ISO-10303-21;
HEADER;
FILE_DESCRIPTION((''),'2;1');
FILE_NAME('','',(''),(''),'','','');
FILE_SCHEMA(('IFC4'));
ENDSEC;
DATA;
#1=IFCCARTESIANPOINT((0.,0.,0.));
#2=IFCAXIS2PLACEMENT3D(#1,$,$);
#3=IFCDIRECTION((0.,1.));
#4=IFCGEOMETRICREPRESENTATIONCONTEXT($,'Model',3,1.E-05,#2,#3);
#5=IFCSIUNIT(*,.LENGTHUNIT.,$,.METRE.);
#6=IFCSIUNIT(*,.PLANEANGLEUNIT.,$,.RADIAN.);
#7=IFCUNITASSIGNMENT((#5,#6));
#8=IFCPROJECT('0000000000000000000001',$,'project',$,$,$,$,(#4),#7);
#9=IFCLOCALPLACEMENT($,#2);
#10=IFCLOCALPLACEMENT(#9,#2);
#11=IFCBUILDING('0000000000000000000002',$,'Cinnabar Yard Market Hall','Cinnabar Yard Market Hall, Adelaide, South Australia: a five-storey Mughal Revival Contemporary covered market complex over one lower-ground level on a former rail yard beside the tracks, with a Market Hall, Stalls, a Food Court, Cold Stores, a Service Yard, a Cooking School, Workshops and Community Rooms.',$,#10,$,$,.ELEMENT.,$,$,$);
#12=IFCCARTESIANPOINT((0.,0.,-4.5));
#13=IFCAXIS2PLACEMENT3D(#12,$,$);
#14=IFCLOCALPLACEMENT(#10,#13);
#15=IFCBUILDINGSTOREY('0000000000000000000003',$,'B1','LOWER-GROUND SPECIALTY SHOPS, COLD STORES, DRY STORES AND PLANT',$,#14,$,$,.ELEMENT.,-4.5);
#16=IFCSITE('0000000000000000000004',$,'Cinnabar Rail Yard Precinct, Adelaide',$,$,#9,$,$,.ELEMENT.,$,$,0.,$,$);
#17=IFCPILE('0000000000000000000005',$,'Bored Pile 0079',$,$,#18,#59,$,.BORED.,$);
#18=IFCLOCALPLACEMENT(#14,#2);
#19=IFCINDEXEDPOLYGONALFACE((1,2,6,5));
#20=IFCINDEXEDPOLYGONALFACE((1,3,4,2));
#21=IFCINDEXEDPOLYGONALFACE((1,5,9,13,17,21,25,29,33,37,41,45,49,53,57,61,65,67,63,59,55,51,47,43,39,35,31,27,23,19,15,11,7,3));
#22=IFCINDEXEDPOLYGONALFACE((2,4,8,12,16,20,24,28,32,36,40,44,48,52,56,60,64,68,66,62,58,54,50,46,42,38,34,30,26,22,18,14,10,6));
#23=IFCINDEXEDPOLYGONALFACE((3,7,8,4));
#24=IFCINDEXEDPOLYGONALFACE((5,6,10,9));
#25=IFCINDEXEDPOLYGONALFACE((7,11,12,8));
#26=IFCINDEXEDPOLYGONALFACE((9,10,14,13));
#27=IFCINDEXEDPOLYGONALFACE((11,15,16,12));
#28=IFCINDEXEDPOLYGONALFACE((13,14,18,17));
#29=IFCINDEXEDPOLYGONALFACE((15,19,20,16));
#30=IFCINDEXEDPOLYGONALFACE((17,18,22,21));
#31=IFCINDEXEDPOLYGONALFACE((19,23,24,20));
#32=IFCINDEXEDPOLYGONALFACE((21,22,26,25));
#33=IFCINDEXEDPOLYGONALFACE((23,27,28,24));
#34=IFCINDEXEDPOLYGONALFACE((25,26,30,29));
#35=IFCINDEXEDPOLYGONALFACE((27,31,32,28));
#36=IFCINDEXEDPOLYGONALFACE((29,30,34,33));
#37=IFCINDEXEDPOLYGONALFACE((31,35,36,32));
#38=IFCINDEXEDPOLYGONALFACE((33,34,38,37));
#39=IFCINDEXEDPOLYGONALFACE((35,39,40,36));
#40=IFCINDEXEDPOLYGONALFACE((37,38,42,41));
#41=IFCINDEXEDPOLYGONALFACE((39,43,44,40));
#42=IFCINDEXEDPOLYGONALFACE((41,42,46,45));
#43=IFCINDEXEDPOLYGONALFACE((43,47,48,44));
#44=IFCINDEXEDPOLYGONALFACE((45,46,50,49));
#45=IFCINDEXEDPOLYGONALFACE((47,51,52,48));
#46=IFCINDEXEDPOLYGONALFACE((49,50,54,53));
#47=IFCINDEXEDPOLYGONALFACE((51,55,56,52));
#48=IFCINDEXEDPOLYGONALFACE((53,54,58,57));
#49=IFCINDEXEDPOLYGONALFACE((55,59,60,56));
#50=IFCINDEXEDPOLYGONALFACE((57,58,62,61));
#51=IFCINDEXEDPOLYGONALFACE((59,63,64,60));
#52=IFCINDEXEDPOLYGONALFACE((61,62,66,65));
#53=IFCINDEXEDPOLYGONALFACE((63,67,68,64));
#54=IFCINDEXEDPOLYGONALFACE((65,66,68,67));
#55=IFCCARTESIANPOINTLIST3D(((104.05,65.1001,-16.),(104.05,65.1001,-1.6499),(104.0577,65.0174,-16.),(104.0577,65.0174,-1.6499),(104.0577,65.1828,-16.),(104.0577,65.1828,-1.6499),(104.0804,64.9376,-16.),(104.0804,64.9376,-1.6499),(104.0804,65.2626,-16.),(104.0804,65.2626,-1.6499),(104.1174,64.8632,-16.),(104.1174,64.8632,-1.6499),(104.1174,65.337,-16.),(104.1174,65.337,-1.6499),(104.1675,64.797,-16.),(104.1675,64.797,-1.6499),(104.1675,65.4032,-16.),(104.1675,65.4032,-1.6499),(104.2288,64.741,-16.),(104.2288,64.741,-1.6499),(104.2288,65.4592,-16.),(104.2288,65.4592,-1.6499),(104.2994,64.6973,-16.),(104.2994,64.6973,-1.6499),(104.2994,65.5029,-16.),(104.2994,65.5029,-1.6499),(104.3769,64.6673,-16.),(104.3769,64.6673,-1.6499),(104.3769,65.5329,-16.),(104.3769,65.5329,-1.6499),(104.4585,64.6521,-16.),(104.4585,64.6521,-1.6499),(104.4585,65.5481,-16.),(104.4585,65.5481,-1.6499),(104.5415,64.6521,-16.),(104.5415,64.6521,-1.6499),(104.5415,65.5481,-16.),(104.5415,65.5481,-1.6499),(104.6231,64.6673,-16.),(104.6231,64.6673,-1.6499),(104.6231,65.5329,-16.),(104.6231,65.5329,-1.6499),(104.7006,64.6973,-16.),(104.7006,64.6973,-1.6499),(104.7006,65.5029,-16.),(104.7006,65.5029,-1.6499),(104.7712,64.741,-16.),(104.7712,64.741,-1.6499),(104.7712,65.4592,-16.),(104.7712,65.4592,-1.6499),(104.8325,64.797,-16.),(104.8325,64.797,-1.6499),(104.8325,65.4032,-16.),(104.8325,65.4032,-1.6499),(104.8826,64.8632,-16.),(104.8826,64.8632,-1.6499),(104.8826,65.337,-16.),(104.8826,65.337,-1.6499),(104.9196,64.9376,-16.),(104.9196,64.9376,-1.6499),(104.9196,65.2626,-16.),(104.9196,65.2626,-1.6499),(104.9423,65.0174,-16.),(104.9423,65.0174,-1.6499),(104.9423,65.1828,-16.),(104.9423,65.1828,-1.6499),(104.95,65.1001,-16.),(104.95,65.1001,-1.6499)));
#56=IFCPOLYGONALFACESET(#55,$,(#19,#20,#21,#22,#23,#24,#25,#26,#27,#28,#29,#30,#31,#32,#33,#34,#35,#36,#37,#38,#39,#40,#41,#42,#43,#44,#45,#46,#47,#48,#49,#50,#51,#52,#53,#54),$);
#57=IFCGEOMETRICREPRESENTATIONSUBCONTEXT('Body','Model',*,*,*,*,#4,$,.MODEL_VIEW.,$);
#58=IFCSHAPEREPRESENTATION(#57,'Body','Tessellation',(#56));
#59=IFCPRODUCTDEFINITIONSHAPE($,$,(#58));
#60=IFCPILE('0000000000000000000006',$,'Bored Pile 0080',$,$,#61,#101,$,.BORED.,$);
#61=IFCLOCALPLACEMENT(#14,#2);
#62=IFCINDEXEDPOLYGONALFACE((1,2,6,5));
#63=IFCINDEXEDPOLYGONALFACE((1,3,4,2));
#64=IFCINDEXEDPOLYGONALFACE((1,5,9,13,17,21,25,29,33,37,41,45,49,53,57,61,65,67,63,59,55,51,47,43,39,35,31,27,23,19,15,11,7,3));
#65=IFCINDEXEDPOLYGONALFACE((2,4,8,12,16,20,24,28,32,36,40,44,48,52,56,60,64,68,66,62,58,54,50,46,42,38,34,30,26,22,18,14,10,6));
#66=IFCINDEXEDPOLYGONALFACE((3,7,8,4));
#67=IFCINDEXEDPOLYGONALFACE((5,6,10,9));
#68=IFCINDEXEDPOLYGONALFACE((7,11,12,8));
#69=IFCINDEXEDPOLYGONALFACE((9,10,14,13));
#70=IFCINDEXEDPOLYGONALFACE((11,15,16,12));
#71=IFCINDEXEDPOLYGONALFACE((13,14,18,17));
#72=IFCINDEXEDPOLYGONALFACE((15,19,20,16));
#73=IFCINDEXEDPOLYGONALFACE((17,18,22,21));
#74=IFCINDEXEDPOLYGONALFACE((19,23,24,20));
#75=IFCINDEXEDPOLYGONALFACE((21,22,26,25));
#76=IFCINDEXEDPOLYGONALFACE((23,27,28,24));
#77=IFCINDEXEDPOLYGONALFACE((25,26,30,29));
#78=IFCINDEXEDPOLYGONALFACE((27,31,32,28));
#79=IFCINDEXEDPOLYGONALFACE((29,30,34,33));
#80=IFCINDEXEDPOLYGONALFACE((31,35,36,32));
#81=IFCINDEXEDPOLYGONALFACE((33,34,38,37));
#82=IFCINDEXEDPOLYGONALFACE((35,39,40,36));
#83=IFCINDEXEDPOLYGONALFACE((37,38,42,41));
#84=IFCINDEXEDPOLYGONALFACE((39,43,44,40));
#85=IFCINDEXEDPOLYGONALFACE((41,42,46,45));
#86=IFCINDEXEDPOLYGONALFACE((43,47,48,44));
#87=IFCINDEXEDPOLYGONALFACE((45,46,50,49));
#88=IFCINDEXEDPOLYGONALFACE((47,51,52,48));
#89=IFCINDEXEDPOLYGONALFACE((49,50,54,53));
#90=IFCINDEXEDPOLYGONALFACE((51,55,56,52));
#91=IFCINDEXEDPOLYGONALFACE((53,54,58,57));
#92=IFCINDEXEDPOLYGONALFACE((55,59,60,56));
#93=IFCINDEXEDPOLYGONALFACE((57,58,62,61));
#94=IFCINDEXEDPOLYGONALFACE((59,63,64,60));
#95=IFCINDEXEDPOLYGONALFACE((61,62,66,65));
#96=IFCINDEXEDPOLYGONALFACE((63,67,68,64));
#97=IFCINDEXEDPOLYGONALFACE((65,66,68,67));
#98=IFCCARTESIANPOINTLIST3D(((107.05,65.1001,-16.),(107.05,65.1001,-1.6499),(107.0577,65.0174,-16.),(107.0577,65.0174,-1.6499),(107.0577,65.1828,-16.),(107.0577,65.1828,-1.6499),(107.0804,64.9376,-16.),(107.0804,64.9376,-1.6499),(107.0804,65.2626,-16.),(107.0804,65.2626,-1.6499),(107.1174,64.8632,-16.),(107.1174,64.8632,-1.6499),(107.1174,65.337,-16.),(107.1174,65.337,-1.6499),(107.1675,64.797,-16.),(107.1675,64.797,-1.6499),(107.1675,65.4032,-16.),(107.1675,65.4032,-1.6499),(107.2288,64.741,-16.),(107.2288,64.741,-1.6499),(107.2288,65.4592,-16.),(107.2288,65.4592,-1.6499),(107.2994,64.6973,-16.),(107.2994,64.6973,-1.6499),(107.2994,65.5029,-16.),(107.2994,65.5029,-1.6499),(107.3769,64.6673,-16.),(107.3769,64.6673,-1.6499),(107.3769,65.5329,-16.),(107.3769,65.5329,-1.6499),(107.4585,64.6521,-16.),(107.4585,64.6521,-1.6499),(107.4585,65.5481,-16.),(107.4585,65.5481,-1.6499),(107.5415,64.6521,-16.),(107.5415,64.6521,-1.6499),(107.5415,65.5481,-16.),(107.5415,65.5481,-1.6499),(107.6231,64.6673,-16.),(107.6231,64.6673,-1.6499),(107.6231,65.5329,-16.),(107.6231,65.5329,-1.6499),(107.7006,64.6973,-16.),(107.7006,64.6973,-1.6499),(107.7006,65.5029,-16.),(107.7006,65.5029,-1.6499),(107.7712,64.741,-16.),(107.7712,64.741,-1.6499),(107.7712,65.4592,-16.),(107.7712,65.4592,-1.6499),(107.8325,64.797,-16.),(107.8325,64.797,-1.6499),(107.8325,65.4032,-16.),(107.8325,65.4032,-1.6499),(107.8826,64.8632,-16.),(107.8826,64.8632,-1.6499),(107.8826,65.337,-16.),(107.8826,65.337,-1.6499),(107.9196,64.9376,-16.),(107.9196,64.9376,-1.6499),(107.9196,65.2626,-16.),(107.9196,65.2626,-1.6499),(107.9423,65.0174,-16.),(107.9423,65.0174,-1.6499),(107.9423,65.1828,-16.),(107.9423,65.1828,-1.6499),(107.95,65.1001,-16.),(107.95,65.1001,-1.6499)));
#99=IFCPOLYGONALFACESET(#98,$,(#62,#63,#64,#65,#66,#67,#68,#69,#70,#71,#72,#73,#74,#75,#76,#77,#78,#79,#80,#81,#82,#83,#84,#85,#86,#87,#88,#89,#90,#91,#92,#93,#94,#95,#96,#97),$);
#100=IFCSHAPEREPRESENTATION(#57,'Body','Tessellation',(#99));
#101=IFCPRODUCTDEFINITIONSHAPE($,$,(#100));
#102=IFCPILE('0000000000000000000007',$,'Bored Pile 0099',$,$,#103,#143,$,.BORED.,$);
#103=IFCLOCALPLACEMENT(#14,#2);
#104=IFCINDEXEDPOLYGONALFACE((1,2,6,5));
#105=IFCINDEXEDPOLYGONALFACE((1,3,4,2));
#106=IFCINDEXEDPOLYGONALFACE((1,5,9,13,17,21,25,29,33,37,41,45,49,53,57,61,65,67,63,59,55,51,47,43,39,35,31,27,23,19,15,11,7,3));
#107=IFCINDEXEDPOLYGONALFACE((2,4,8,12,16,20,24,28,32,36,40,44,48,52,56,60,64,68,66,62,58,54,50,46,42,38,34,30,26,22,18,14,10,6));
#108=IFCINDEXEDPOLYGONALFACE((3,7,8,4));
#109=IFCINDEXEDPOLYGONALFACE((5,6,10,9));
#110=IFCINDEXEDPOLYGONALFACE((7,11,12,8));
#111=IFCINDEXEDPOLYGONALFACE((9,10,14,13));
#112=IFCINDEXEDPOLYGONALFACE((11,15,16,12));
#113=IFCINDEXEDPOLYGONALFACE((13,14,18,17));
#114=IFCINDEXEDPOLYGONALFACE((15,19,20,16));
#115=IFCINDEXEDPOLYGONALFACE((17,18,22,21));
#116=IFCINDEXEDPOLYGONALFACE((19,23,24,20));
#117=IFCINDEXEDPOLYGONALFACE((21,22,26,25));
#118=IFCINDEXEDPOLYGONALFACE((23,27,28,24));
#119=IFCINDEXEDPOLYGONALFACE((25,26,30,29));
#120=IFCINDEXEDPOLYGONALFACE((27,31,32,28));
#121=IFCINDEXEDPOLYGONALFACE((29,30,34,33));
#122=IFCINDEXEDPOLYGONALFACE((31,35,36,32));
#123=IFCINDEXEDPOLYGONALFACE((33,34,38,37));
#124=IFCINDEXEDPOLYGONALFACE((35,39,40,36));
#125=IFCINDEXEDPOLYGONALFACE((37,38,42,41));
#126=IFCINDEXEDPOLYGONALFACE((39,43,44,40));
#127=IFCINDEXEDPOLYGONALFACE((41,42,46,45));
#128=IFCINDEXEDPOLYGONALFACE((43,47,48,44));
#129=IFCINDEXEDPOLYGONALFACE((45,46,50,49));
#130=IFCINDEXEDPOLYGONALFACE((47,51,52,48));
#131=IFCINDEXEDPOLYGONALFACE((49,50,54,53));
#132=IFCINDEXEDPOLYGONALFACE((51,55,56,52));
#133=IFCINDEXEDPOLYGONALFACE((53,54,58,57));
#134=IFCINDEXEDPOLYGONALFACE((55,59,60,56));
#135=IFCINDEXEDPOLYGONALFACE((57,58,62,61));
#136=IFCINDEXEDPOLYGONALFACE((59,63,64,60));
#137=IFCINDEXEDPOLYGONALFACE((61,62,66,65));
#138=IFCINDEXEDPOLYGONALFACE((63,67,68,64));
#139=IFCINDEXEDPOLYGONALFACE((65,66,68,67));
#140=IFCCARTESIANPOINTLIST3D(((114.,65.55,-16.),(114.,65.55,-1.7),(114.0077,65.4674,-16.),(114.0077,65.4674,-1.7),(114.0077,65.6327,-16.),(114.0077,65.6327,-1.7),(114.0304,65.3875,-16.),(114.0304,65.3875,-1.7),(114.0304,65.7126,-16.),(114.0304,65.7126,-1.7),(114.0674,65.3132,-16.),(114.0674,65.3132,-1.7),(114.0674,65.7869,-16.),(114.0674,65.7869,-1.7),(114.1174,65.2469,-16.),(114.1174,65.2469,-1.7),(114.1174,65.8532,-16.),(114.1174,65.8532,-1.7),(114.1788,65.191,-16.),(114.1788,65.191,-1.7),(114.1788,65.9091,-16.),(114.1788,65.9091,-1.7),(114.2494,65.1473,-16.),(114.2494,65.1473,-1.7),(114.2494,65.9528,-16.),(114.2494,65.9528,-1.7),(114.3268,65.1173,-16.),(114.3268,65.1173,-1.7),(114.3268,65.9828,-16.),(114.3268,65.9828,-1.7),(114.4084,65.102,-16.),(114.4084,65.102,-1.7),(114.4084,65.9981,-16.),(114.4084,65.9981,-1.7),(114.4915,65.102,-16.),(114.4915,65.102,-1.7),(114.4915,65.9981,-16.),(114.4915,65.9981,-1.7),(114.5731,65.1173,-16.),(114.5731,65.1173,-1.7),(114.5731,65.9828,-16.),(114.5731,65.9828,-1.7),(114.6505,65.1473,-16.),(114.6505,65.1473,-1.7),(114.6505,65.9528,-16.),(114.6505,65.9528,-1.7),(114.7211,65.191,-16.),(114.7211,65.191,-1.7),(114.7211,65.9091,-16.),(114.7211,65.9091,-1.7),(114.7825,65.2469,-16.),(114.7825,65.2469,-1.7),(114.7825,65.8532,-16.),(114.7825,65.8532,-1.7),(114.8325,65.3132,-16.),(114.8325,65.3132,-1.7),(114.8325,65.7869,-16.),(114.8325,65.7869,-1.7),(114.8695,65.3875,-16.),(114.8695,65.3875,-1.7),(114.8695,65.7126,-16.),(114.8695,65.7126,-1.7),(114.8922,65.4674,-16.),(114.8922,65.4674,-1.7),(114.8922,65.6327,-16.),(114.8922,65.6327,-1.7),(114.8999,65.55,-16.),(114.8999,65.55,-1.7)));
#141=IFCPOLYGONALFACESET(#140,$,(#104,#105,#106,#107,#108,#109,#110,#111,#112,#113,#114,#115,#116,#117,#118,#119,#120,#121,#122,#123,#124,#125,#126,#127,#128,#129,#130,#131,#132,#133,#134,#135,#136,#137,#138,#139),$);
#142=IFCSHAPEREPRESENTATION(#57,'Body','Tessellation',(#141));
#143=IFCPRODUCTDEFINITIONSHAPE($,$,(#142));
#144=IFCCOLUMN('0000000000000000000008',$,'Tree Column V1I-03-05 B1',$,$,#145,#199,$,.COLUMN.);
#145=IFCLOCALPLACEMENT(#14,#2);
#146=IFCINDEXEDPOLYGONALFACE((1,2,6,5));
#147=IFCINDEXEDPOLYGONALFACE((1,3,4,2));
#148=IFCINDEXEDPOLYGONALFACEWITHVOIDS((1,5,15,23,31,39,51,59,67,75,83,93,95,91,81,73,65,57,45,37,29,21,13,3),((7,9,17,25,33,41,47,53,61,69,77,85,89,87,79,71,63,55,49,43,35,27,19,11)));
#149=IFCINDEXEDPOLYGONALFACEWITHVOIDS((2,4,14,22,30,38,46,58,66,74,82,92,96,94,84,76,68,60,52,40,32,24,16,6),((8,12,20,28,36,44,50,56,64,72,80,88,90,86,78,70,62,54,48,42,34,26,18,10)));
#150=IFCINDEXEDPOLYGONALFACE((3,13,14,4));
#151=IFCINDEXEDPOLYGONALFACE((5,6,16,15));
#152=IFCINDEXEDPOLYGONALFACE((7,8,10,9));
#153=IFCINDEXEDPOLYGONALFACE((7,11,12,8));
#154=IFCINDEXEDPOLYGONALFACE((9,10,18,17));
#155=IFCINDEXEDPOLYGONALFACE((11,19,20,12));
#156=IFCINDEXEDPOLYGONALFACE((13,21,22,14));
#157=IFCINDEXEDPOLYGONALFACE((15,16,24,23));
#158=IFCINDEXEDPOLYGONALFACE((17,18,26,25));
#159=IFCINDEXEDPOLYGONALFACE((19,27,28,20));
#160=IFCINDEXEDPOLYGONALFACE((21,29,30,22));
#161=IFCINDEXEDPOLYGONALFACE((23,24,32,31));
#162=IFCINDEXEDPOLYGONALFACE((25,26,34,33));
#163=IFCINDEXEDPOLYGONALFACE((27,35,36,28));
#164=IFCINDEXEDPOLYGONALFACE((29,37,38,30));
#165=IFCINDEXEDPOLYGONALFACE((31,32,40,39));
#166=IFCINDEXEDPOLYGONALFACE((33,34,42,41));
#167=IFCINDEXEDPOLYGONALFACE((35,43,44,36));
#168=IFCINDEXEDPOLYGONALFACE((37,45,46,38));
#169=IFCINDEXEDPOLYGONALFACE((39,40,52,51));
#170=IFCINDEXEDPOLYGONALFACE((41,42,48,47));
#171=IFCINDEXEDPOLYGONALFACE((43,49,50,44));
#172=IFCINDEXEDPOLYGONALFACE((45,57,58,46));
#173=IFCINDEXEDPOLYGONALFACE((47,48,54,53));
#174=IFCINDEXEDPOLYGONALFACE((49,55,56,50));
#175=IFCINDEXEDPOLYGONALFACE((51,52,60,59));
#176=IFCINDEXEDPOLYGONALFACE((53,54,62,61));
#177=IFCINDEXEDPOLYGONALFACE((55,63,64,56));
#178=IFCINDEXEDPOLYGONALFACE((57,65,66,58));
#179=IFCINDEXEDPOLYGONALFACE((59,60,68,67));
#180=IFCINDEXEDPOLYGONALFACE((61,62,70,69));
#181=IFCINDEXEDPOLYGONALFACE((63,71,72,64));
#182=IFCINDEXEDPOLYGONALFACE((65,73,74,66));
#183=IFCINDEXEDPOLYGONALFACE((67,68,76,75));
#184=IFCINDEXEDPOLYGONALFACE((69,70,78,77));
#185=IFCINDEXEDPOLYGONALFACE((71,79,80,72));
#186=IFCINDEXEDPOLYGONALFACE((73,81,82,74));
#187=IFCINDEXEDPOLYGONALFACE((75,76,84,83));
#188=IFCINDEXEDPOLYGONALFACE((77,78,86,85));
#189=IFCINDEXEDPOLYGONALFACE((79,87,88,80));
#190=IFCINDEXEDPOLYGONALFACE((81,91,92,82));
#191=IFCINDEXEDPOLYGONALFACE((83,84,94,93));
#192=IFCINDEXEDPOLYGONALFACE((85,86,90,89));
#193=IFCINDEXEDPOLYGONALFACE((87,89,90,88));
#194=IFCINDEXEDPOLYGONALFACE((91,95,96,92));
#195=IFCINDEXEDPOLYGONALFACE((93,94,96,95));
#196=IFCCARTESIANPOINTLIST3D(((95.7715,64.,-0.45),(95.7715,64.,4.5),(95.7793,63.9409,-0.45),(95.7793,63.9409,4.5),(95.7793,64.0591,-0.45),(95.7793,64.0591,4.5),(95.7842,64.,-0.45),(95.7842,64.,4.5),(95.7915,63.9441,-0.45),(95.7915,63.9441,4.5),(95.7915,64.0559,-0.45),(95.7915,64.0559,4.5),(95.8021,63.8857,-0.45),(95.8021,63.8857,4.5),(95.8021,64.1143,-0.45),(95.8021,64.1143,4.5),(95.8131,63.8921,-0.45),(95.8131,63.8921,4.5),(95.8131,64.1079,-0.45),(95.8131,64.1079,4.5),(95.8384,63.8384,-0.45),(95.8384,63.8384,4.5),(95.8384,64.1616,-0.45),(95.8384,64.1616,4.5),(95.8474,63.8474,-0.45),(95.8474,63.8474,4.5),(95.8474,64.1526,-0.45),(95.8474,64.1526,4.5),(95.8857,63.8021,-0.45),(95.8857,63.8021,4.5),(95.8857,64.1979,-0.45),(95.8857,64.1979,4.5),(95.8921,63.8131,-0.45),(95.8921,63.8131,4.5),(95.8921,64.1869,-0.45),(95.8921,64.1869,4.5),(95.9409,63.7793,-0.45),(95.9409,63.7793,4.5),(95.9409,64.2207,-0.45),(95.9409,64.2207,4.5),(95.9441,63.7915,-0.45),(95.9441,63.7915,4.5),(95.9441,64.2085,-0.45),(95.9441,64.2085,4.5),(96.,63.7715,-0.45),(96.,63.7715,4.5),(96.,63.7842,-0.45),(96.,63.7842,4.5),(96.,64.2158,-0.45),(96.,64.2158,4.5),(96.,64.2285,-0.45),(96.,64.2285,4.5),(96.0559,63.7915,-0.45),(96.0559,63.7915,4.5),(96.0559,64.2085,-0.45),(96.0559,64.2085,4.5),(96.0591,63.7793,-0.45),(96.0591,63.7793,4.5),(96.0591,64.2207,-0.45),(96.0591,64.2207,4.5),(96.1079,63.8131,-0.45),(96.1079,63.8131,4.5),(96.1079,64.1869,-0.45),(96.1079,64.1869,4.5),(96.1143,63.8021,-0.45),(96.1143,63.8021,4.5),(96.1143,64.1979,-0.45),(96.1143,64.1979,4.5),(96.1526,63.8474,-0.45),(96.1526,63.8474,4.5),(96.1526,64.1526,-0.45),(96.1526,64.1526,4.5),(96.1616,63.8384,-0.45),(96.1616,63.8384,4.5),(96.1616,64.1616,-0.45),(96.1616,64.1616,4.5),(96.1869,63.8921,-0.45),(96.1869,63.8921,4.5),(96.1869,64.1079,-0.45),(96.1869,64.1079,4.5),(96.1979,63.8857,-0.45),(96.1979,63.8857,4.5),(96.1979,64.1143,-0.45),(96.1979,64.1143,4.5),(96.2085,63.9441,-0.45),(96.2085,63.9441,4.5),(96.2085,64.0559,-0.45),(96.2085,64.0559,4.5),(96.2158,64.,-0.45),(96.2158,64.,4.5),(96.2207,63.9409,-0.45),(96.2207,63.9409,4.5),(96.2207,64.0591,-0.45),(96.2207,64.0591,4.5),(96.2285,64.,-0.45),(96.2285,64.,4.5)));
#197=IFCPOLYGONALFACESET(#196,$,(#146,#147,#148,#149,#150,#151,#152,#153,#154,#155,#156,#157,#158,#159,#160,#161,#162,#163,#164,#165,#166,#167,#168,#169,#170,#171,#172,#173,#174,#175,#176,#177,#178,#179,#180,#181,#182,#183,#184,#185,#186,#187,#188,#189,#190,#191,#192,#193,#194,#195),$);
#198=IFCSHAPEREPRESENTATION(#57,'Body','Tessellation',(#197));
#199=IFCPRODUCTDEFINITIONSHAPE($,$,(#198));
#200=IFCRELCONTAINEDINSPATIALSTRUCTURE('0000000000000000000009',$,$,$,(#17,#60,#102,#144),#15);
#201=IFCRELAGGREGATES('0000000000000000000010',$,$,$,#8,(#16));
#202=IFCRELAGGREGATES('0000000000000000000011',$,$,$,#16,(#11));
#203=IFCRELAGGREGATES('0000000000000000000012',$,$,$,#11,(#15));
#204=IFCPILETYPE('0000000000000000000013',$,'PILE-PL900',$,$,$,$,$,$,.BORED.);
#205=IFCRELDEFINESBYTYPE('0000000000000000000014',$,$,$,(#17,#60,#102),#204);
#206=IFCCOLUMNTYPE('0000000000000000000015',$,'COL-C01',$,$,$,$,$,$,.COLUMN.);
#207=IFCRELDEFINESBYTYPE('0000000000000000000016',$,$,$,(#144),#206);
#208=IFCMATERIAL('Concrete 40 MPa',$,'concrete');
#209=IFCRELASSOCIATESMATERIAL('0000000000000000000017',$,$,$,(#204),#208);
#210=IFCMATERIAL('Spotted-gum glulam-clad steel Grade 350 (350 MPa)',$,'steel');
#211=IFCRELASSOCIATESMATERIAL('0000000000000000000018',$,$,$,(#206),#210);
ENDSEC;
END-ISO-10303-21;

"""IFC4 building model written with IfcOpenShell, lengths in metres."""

from ifc_helpers import new_model, si_unit, direction, frame, origin, origin_2d_with_axis, place, context, subcontext, project, spatial, circle, hollow_circle, extrude, material, material_profile, profile_set, type_object, element, save


model = new_model("IFC4")

# Units and contexts
model_context = context("Model", 3, precision=1e-05, world=origin(), true_north=direction((0.0, 1.0)))
body_context = subcontext(model_context, "Body", "Model", "MODEL_VIEW")
ifc_project = project(units=[si_unit("LENGTHUNIT", "METRE"), si_unit("PLANEANGLEUNIT", "RADIAN")], contexts=[model_context])

# Site, building, storey
site_placement = place(None, origin())
site = spatial("IfcSite", under=ifc_project, at=site_placement, Name="Cinnabar Rail Yard Precinct, Adelaide", CompositionType="ELEMENT", RefElevation=0.0)
building_placement = place(site_placement, origin())
building = spatial("IfcBuilding", under=site, at=building_placement, Name="Cinnabar Yard Market Hall", Description="Cinnabar Yard Market Hall, Adelaide, South Australia: a five-storey Mughal Revival Contemporary covered market complex over one lower-ground level on a former rail yard beside the tracks, with a Market Hall, Stalls, a Food Court, Cold Stores, a Service Yard, a Cooking School, Workshops and Community Rooms.", CompositionType="ELEMENT")
storey_placement = place(building_placement, frame((0.0, 0.0, -4.5)))
storey = spatial("IfcBuildingStorey", under=building, at=storey_placement, Name="B1", Description="LOWER-GROUND SPECIALTY SHOPS, COLD STORES, DRY STORES AND PLANT", CompositionType="ELEMENT", Elevation=-4.5)

# Shared definitions
ifc_material_1 = material(Name="Concrete 40 MPa", Category="concrete")

# Piles
ifc_material_profile_1 = material_profile(ifc_material_1, circle(Radius=0.45, at=origin_2d_with_axis()), Name="PILE-D900")
ifc_profile_set_1 = profile_set([ifc_material_profile_1], Name="Concrete 40 MPa")
pile_type_1 = type_object("IfcPileType", Name="PILE-PL900", PredefinedType="BORED", material=ifc_profile_set_1)
for number, where, z_axis, x_axis, name in (
    (1, (104.5, 65.1001, -1.6499), (0.0, 0.0, -1.0), (1.0, 0.0, 0.0), "Bored Pile 0079"),
    (2, (107.5, 65.1001, -1.6499), (0.0, 0.0, -1.0), (1.0, 0.0, 0.0), "Bored Pile 0080"),
):
    element("IfcPile", number, at=place(storey_placement, frame(where, z_axis=z_axis, x_axis=x_axis)), inside=storey, type_object=pile_type_1, Name=name, PredefinedType="BORED", context=body_context, shape_type="SweptSolid", body=[
        extrude(circle(Radius=0.45, at=origin_2d_with_axis()), origin(), (0.0, 0.0, 1.0), 14.3501),
    ])
pile_1_placement = place(storey_placement, frame((114.45, 65.55, -1.7), z_axis=(0.0, 0.0, -1.0), x_axis=(1.0, 0.0, 0.0)))
element("IfcPile", 3, at=pile_1_placement, inside=storey, type_object=pile_type_1, Name="Bored Pile 0099", PredefinedType="BORED", context=body_context, shape_type="SweptSolid", body=[
    extrude(circle(Radius=0.45, at=origin_2d_with_axis()), origin(), (0.0, 0.0, 1.0), 14.3),
])

# Column
ifc_material_2 = material(Name="Spotted-gum glulam-clad steel Grade 350 (350 MPa)", Category="steel")
ifc_material_profile_2 = material_profile(ifc_material_2, hollow_circle(Radius=0.2285, WallThickness=0.0127, at=origin_2d_with_axis()), Name="457.0x12.7CHS")
ifc_profile_set_2 = profile_set([ifc_material_profile_2], Name="Spotted-gum glulam-clad steel Grade 350 (350 MPa)")
column_type_1 = type_object("IfcColumnType", Name="COL-C01", PredefinedType="COLUMN", material=ifc_profile_set_2)
for number, where, z_axis, x_axis, name in (
    (4, (96.0, 64.0, -0.45), (0.0, 0.0, 1.0), (1.0, 0.0, 0.0), "Tree Column V1I-03-05 B1"),
):
    element("IfcColumn", number, at=place(storey_placement, frame(where, z_axis=z_axis, x_axis=x_axis)), inside=storey, type_object=column_type_1, Name=name, PredefinedType="COLUMN", context=body_context, shape_type="SweptSolid", body=[
        extrude(hollow_circle(Radius=0.2285, WallThickness=0.0127, at=origin_2d_with_axis()), origin(), (0.0, 0.0, 1.0), 4.95),
    ])

save(model, "model.ifc")
